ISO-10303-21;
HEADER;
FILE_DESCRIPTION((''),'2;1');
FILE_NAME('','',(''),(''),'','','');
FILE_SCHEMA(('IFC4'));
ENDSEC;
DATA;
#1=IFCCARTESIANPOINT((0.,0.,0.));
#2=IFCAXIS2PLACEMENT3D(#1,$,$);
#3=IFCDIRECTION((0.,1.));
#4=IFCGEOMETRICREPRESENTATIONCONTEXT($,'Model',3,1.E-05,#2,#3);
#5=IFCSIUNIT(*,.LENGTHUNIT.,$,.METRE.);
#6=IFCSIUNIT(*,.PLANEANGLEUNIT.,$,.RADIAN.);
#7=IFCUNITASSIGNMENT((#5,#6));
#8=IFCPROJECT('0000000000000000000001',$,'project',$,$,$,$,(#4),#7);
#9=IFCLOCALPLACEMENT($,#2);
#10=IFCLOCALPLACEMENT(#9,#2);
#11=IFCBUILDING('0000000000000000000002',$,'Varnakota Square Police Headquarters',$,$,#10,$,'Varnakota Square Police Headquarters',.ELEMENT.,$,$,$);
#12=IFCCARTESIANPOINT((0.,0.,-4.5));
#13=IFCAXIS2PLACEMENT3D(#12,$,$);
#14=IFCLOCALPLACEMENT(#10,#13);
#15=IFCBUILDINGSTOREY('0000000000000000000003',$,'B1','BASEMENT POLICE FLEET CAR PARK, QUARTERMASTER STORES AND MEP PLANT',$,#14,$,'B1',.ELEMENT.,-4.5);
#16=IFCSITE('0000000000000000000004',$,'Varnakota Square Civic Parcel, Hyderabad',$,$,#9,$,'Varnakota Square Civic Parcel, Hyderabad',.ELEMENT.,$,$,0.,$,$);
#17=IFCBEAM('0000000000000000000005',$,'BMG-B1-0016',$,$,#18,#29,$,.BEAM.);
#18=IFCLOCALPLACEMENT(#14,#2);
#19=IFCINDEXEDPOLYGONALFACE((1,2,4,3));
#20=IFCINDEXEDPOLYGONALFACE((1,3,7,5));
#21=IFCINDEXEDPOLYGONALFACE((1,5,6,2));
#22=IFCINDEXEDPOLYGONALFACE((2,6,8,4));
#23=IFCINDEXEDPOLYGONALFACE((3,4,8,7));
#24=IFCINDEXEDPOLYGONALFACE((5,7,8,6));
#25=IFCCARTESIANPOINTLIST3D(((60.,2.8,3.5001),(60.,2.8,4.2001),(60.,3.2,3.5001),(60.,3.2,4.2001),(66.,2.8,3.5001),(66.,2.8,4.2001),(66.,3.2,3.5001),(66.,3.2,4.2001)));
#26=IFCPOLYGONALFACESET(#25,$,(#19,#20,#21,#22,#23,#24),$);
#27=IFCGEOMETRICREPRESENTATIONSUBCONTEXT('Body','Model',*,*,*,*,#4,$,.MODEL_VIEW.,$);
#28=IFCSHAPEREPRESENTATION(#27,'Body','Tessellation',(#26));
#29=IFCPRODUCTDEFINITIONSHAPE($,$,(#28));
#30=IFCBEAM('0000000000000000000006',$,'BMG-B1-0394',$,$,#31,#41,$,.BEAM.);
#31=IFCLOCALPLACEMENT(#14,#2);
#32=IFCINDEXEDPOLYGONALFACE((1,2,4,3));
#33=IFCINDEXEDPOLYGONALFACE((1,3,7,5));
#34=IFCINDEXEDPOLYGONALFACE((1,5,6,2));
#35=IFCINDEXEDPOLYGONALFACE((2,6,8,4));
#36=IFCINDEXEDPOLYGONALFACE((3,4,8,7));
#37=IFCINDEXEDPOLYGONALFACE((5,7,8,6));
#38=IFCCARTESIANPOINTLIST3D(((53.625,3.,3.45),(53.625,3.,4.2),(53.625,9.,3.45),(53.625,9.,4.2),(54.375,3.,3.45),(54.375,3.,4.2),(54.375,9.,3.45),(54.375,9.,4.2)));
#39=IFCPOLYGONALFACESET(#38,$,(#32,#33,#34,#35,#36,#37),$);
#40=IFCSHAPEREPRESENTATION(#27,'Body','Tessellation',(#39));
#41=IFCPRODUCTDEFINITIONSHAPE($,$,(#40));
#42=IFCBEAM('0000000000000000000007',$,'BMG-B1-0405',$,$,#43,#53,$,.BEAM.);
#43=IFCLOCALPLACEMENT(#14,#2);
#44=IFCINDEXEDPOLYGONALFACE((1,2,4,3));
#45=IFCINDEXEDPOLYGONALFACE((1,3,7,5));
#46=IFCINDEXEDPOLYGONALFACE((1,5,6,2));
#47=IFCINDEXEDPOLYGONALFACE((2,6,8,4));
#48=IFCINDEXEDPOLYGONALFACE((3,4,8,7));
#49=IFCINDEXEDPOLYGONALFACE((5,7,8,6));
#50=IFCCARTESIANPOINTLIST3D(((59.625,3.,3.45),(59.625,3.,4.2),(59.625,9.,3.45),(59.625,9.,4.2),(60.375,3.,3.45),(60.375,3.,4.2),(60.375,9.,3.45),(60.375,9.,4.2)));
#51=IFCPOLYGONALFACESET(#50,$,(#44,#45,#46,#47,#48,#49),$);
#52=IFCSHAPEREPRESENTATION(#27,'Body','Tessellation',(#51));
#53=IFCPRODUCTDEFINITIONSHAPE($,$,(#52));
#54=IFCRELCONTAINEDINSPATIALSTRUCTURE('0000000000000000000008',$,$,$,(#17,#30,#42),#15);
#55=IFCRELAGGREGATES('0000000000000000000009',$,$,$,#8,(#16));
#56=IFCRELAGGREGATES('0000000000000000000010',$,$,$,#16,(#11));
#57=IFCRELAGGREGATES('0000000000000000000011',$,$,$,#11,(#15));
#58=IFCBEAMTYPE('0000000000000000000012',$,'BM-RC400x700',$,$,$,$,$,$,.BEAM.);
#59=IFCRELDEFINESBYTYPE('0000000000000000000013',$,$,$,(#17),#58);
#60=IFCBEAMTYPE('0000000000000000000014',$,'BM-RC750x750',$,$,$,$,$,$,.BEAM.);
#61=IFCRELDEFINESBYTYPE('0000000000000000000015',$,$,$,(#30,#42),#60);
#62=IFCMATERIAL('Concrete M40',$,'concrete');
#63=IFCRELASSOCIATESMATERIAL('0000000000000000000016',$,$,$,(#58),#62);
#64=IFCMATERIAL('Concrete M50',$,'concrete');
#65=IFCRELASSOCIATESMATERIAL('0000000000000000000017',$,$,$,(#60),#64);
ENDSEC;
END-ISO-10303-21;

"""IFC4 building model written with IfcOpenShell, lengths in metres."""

from ifc_helpers import new_model, si_unit, direction, frame, origin, origin_2d, place, context, subcontext, project, spatial, rectangle, extrude, material, material_profile, profile_set, type_object, element, save


model = new_model("IFC4")

# Units and contexts
model_context = context("Model", 3, precision=1e-05, world=origin(), true_north=direction((0.0, 1.0)))
body_context = subcontext(model_context, "Body", "Model", "MODEL_VIEW")
ifc_project = project(units=[si_unit("LENGTHUNIT", "METRE"), si_unit("PLANEANGLEUNIT", "RADIAN")], contexts=[model_context])

# Site, building, storey
site_placement = place(None, origin())
site = spatial("IfcSite", under=ifc_project, at=site_placement, Name="Varnakota Square Civic Parcel, Hyderabad", LongName="Varnakota Square Civic Parcel, Hyderabad", CompositionType="ELEMENT", RefElevation=0.0)
building_placement = place(site_placement, origin())
building = spatial("IfcBuilding", under=site, at=building_placement, Name="Varnakota Square Police Headquarters", LongName="Varnakota Square Police Headquarters", CompositionType="ELEMENT")
storey_placement = place(building_placement, frame((0.0, 0.0, -4.5)))
storey = spatial("IfcBuildingStorey", under=building, at=storey_placement, Name="B1", Description="BASEMENT POLICE FLEET CAR PARK, QUARTERMASTER STORES AND MEP PLANT", LongName="B1", CompositionType="ELEMENT", Elevation=-4.5)

# Shared definitions
ifc_material_1 = material(Name="Concrete M40", Category="concrete")

# Beams
ifc_material_profile_1 = material_profile(ifc_material_1, rectangle(XDim=0.3999, YDim=0.7, at=origin_2d()), Name="RC 400x700")
ifc_profile_set_1 = profile_set([ifc_material_profile_1], Name="Concrete M40")
beam_type_1 = type_object("IfcBeamType", Name="BM-RC400x700", PredefinedType="BEAM", material=ifc_profile_set_1)
for number, where, z_axis, x_axis, name in (
    (1, (60.0, 3.0, 3.8501), (1.0, 0.0, 0.0), (0.0, 1.0, 0.0), "BMG-B1-0016"),
):
    element("IfcBeam", number, at=place(storey_placement, frame(where, z_axis=z_axis, x_axis=x_axis)), inside=storey, type_object=beam_type_1, Name=name, PredefinedType="BEAM", context=body_context, shape_type="SweptSolid", body=[
        extrude(rectangle(XDim=0.3999, YDim=0.7, at=origin_2d()), origin(), (0.0, 0.0, 1.0), 6.0),
    ])
ifc_material_2 = material(Name="Concrete M50", Category="concrete")
ifc_material_profile_2 = material_profile(ifc_material_2, rectangle(XDim=0.75, YDim=0.75, at=origin_2d()), Name="RC 750x750")
ifc_profile_set_2 = profile_set([ifc_material_profile_2], Name="Concrete M50")
beam_type_2 = type_object("IfcBeamType", Name="BM-RC750x750", PredefinedType="BEAM", material=ifc_profile_set_2)
for number, where, z_axis, x_axis, name in (
    (2, (54.0, 3.0, 3.825), (0.0, 1.0, 0.0), (-1.0, 0.0, 0.0), "BMG-B1-0394"),
    (3, (60.0, 3.0, 3.825), (0.0, 1.0, 0.0), (-1.0, 0.0, 0.0), "BMG-B1-0405"),
):
    element("IfcBeam", number, at=place(storey_placement, frame(where, z_axis=z_axis, x_axis=x_axis)), inside=storey, type_object=beam_type_2, Name=name, PredefinedType="BEAM", context=body_context, shape_type="SweptSolid", body=[
        extrude(rectangle(XDim=0.75, YDim=0.75, at=origin_2d()), origin(), (0.0, 0.0, 1.0), 6.0),
    ])

save(model, "model.ifc")
